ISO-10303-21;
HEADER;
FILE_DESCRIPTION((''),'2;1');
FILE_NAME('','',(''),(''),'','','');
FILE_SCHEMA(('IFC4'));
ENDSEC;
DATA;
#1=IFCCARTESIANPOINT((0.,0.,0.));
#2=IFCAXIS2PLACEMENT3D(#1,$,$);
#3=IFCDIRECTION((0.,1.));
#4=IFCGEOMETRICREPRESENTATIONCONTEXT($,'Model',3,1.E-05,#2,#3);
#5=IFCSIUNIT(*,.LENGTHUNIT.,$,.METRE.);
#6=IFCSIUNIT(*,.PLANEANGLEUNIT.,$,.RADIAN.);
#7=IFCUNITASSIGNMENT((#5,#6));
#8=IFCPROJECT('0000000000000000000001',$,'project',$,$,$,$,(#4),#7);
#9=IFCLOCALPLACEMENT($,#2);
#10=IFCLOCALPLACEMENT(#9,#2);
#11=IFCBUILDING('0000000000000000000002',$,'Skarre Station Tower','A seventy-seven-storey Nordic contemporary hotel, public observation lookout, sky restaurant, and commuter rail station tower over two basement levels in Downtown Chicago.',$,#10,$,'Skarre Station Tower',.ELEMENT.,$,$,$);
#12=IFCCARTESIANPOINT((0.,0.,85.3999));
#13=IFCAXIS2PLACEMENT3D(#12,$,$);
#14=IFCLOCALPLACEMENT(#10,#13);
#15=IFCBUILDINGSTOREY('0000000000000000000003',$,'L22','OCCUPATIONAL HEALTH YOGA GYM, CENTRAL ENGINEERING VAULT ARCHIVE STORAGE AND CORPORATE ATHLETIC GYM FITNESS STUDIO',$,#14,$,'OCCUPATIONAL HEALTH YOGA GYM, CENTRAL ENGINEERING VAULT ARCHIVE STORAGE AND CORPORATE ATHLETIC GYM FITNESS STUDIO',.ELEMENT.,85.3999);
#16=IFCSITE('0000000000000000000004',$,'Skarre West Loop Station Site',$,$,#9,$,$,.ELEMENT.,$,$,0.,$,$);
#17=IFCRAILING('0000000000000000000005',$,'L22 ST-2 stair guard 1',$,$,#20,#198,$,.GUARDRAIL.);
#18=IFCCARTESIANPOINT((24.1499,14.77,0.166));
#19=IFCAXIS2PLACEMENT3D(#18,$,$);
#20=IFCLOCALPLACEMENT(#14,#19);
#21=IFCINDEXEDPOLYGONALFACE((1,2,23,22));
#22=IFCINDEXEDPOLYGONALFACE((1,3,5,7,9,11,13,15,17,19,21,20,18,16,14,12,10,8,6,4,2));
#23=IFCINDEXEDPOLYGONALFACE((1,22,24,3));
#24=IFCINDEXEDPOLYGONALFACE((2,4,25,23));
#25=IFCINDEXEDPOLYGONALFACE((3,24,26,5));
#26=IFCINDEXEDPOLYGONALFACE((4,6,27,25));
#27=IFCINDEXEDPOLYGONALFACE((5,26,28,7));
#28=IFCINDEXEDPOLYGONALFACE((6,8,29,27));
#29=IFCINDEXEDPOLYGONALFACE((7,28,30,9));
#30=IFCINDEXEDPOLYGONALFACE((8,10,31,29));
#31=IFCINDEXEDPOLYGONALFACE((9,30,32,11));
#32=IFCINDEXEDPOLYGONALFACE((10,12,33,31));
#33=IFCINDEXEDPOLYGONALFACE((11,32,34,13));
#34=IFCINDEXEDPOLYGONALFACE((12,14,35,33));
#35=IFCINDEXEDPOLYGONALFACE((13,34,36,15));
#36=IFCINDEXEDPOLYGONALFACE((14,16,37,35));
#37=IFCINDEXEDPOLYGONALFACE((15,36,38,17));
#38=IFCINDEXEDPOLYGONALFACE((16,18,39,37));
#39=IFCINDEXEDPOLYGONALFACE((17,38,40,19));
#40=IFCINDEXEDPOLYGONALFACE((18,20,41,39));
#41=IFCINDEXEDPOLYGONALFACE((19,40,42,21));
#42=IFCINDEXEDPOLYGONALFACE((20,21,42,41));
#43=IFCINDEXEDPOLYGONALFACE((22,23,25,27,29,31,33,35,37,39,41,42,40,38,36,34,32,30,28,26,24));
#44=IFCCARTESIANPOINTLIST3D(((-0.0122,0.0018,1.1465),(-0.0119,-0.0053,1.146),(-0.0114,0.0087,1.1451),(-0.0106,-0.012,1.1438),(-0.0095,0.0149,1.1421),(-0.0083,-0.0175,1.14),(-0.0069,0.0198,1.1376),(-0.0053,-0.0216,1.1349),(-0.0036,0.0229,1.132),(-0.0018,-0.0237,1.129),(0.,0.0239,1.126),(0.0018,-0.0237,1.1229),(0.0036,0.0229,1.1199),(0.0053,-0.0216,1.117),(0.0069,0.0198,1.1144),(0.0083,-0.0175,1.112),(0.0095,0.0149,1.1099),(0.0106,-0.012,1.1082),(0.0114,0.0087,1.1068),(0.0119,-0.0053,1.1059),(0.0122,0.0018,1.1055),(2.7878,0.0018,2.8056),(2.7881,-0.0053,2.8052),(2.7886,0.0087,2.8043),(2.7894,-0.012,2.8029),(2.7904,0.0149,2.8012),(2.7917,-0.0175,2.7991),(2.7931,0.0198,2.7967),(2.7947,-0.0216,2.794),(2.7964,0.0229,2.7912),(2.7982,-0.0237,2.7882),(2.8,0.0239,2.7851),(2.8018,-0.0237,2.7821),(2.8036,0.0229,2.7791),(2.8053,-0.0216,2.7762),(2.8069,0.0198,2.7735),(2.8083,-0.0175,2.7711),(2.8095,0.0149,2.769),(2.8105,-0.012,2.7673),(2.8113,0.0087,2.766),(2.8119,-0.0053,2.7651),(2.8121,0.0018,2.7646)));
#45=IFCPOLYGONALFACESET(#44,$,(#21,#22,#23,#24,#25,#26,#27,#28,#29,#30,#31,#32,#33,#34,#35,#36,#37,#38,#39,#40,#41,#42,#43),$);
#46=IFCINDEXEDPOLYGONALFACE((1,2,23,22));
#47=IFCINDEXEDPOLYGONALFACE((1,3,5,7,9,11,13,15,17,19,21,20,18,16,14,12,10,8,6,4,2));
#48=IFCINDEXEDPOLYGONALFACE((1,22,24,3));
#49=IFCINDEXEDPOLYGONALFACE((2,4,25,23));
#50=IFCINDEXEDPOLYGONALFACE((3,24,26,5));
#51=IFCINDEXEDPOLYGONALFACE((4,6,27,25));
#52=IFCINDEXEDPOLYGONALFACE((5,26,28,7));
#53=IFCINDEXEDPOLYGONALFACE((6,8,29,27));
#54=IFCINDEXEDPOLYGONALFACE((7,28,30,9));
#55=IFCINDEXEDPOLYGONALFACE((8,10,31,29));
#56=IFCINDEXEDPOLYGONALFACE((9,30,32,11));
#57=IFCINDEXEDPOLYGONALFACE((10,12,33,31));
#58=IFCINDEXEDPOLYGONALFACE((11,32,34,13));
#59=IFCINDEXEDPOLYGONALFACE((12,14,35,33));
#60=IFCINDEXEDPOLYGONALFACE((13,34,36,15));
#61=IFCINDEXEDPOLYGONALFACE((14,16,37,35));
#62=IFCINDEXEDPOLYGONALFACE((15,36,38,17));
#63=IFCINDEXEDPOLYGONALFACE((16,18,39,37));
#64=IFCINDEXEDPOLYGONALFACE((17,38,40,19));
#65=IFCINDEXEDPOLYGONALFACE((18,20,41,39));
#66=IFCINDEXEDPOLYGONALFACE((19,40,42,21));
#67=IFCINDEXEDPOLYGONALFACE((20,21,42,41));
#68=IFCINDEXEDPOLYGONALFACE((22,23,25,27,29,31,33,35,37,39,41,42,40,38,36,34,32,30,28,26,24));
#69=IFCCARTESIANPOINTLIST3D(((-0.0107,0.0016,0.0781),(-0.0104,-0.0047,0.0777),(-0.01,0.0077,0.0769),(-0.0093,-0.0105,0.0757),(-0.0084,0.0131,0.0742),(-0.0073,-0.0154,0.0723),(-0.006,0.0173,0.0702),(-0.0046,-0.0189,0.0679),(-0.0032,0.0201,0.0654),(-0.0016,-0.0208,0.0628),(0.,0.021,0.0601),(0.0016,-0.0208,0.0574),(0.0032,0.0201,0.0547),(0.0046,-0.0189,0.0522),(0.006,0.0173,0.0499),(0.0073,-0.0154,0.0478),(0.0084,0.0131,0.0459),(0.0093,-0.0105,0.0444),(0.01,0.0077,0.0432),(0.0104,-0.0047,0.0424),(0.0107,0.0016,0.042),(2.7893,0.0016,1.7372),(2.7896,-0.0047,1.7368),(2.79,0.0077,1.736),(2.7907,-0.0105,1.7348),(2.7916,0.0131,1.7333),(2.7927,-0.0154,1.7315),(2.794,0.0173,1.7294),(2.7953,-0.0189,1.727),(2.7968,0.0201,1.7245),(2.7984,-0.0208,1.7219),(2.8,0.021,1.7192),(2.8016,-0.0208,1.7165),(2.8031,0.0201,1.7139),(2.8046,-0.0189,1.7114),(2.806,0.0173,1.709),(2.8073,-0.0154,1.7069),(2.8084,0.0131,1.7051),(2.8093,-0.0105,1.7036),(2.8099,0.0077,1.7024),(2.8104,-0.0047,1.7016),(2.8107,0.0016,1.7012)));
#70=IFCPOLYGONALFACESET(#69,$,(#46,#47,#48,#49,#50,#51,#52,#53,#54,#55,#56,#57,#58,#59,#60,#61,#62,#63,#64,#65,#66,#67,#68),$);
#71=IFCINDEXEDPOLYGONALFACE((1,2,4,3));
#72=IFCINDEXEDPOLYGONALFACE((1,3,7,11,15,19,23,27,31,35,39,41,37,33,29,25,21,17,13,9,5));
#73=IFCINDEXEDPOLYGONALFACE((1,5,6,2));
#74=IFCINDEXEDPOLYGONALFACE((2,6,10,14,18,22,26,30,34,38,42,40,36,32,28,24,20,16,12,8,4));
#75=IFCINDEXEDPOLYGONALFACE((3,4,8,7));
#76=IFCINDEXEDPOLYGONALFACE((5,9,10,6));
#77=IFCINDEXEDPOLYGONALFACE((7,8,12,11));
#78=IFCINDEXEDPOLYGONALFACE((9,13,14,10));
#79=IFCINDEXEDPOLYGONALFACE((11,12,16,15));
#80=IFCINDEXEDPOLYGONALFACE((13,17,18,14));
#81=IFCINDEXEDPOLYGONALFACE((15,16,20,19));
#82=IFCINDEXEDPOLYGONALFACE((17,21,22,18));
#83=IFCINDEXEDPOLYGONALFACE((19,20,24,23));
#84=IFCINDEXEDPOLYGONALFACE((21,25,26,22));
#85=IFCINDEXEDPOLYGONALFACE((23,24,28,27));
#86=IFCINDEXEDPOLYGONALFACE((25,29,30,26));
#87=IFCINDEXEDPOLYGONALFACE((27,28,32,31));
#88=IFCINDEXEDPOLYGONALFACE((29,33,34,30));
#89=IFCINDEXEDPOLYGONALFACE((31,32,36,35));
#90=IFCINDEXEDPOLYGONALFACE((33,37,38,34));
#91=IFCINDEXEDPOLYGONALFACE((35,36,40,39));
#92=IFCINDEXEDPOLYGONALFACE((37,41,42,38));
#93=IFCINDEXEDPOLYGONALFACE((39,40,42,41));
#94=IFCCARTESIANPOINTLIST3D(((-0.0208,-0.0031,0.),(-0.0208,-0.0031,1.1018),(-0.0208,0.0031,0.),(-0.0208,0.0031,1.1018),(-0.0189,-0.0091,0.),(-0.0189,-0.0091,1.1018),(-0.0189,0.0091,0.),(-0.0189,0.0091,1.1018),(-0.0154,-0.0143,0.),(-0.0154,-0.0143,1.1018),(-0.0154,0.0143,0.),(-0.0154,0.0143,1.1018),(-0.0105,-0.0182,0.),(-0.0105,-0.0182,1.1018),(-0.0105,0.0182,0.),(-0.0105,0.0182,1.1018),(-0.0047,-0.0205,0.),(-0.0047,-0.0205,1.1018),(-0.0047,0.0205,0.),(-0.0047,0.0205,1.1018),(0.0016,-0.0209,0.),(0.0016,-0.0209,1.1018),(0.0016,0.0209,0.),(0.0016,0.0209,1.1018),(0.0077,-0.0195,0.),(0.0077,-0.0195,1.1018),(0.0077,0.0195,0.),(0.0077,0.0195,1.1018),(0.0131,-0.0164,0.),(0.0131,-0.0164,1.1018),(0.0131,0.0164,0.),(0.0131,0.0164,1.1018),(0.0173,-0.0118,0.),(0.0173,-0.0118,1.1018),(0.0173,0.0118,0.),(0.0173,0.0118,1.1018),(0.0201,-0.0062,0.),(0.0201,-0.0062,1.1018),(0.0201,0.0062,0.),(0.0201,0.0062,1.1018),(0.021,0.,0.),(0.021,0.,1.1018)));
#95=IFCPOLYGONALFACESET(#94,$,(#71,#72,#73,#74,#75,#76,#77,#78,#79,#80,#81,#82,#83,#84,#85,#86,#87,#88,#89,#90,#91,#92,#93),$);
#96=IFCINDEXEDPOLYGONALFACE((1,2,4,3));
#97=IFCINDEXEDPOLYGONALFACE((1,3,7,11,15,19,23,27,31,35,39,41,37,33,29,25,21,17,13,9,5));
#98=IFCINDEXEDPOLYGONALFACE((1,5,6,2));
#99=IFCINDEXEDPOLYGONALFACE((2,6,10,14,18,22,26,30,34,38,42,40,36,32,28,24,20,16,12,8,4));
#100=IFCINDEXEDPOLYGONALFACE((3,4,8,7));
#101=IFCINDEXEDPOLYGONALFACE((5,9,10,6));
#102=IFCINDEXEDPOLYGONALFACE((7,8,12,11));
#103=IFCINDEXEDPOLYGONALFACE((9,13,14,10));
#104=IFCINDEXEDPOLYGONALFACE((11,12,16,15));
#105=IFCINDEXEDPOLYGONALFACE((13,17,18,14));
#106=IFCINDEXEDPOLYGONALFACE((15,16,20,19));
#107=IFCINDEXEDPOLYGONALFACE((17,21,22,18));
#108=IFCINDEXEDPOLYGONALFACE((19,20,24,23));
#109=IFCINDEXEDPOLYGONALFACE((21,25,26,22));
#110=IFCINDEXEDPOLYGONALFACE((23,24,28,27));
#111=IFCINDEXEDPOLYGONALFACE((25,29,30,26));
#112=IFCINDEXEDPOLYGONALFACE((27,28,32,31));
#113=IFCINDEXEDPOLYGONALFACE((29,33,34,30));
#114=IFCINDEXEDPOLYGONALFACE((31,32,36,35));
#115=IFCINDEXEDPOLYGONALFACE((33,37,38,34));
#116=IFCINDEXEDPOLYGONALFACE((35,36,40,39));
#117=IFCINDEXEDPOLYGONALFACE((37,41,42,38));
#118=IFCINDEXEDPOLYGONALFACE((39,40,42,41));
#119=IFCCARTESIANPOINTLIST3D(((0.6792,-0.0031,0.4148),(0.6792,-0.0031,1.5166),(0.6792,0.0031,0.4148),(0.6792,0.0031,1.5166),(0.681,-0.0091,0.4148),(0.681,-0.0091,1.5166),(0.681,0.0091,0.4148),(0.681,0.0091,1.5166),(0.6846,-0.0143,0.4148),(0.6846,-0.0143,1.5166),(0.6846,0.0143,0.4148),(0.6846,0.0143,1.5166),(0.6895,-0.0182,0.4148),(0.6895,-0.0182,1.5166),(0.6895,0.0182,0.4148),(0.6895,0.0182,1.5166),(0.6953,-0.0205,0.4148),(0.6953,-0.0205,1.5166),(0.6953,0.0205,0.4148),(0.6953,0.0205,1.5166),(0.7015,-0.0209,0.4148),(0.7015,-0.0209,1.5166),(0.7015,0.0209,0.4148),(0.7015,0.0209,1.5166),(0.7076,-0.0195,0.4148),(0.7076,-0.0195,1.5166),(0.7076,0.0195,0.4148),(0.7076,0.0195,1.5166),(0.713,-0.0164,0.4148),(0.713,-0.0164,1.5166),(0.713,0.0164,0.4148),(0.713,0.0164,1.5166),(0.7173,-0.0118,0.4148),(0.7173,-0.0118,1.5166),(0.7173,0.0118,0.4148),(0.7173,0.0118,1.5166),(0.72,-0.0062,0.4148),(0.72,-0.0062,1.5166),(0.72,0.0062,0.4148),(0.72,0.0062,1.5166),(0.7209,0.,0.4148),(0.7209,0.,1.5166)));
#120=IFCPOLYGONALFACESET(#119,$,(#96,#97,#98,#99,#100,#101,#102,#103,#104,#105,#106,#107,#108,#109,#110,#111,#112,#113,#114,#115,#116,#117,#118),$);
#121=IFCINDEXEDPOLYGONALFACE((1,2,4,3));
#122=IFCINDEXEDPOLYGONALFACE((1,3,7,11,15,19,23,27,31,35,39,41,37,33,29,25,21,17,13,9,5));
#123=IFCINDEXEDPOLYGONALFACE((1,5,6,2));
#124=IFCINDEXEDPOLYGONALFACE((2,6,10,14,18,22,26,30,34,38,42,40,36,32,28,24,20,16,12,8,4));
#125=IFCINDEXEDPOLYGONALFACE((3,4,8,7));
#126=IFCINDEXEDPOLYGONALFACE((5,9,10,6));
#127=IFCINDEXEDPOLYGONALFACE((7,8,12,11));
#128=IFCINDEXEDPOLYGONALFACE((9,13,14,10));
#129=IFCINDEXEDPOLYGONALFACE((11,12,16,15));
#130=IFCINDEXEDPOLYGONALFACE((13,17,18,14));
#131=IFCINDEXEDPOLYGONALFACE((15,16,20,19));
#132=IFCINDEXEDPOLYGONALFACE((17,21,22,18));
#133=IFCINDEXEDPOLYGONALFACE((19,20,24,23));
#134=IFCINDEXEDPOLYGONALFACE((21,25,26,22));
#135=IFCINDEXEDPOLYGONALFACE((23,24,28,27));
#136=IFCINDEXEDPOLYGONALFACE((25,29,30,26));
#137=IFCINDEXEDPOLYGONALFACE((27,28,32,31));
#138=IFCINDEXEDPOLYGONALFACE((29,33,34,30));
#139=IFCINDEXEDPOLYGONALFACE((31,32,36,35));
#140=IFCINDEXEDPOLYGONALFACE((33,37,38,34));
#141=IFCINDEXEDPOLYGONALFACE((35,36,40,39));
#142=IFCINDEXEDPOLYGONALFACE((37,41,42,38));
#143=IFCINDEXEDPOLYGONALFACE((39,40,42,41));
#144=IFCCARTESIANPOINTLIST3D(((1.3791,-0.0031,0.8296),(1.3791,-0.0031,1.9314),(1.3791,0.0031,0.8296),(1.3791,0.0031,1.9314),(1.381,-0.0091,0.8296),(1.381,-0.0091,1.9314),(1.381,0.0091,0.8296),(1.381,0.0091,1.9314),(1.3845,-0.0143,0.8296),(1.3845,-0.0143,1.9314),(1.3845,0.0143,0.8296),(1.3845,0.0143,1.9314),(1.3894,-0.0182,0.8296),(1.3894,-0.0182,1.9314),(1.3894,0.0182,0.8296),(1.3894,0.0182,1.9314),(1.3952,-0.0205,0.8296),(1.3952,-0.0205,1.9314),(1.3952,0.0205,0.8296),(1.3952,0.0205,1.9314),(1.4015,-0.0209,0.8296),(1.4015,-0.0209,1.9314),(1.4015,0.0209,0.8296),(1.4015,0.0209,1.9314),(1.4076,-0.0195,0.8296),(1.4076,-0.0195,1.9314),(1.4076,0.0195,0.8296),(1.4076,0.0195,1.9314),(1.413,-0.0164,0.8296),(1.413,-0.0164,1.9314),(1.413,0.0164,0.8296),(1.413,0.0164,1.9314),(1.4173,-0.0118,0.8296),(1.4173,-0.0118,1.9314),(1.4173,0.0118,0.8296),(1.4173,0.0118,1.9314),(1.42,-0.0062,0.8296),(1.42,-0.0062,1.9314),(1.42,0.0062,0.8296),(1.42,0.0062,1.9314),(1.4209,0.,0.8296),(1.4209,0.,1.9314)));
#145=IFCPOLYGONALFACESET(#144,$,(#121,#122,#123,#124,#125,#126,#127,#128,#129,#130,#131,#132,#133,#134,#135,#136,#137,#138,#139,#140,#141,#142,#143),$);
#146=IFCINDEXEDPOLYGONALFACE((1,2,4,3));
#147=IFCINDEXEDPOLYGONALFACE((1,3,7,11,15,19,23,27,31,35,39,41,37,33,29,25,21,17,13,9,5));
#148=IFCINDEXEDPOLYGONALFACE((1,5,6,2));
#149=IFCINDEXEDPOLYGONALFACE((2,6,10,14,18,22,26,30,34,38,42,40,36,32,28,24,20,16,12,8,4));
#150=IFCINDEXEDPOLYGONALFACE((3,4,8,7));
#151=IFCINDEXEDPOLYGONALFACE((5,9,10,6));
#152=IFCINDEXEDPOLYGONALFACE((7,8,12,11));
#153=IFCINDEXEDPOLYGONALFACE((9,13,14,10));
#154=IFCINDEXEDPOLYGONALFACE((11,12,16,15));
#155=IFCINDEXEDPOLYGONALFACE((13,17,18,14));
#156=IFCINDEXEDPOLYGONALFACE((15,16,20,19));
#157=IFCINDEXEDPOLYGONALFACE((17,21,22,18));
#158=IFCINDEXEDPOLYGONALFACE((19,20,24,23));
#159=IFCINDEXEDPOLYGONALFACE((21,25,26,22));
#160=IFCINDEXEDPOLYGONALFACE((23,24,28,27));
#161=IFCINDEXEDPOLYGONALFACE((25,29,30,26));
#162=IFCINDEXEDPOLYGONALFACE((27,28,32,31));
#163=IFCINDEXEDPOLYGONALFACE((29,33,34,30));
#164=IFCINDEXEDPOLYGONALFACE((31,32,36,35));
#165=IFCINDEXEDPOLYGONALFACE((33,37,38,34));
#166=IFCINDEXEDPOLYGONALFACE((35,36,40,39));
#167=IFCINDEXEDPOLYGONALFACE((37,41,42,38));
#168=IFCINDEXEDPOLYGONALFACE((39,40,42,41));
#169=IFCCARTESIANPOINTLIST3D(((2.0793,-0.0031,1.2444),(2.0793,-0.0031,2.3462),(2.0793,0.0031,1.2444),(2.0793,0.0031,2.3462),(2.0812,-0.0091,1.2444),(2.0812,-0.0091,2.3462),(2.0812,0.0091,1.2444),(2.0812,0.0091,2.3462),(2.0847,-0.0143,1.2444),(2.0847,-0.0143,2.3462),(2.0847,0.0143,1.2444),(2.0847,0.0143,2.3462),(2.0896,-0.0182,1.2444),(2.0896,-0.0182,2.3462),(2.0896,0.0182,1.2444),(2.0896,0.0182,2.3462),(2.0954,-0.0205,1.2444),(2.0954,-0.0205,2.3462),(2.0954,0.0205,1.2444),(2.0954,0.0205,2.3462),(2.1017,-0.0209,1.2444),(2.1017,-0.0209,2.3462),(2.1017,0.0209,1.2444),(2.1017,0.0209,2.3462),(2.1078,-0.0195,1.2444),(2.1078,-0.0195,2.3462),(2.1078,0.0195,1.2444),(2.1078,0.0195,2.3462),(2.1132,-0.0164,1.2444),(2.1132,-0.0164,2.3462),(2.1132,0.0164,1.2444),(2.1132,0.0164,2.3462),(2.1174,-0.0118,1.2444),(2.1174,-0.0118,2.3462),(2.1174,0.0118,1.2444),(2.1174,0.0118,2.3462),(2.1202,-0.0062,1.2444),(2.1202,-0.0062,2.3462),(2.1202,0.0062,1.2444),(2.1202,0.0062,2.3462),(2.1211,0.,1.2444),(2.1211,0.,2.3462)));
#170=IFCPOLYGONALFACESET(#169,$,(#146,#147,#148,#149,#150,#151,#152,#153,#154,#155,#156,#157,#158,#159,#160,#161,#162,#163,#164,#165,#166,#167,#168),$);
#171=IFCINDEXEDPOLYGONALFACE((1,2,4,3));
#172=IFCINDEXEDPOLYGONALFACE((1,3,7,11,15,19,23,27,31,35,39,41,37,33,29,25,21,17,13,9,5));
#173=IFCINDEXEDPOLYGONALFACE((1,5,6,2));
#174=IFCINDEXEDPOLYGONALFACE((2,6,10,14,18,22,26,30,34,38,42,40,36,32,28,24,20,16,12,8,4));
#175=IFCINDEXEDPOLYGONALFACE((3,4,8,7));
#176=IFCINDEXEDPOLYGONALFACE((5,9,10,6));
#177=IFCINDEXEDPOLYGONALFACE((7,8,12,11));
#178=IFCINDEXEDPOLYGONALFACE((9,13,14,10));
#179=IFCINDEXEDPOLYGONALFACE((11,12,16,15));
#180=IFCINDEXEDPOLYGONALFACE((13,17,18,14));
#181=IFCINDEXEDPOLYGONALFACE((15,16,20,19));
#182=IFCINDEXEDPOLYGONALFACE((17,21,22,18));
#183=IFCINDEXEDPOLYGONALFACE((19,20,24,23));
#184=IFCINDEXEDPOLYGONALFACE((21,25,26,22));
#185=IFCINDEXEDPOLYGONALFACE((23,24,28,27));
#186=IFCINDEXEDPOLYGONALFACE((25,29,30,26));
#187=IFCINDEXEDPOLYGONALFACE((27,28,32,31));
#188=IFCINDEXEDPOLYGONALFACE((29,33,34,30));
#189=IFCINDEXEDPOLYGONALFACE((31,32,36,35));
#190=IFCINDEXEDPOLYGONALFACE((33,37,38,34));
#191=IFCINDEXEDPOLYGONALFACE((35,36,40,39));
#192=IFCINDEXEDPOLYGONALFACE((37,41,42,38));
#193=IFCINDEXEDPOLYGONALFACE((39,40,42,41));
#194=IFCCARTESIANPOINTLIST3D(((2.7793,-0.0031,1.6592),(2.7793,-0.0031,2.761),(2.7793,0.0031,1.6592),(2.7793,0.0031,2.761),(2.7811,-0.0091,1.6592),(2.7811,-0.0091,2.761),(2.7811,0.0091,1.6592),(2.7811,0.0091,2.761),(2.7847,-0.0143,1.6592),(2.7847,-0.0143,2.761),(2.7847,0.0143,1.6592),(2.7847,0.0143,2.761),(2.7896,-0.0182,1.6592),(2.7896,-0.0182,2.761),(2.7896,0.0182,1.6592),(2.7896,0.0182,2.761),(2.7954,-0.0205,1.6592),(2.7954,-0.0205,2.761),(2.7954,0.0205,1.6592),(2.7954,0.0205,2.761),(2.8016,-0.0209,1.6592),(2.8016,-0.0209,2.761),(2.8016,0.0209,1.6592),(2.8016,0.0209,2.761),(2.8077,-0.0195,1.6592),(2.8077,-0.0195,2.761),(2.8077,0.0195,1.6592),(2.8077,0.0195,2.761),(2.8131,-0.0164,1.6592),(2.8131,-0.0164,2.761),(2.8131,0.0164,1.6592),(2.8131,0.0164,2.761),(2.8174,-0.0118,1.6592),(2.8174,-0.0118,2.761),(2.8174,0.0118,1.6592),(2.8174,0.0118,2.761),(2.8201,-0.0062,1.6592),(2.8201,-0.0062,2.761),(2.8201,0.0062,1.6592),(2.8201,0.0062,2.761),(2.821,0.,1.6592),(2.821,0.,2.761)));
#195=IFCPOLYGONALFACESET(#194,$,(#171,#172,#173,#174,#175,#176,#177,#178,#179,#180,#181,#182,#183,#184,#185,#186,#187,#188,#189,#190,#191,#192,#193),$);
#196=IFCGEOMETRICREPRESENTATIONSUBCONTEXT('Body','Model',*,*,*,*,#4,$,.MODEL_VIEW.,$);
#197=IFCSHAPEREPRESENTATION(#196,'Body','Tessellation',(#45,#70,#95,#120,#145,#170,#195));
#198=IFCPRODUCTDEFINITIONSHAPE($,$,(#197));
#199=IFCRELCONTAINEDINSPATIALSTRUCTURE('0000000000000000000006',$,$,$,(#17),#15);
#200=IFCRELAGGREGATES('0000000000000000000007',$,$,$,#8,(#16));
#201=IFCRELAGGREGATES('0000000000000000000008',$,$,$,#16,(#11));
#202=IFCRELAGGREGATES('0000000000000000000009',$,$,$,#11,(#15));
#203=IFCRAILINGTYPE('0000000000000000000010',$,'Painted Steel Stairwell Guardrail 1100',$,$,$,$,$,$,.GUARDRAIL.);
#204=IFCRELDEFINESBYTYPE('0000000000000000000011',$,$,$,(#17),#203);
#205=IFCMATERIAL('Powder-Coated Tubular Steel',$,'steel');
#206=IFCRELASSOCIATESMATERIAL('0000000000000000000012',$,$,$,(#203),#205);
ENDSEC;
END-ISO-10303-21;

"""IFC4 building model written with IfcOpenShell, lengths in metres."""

from ifc_helpers import new_model, si_unit, direction, frame, origin, origin_2d, place, context, subcontext, project, spatial, circle, extrude, material, type_object, element, save


model = new_model("IFC4")

# Units and contexts
model_context = context("Model", 3, precision=1e-05, world=origin(), true_north=direction((0.0, 1.0)))
body_context = subcontext(model_context, "Body", "Model", "MODEL_VIEW")
ifc_project = project(units=[si_unit("LENGTHUNIT", "METRE"), si_unit("PLANEANGLEUNIT", "RADIAN")], contexts=[model_context])

# Site, building, storey
site_placement = place(None, origin())
site = spatial("IfcSite", under=ifc_project, at=site_placement, Name="Skarre West Loop Station Site", CompositionType="ELEMENT", RefElevation=0.0)
building_placement = place(site_placement, origin())
building = spatial("IfcBuilding", under=site, at=building_placement, Name="Skarre Station Tower", Description="A seventy-seven-storey Nordic contemporary hotel, public observation lookout, sky restaurant, and commuter rail station tower over two basement levels in Downtown Chicago.", LongName="Skarre Station Tower", CompositionType="ELEMENT")
storey_placement = place(building_placement, frame((0.0, 0.0, 85.3999)))
storey = spatial("IfcBuildingStorey", under=building, at=storey_placement, Name="L22", Description="OCCUPATIONAL HEALTH YOGA GYM, CENTRAL ENGINEERING VAULT ARCHIVE STORAGE AND CORPORATE ATHLETIC GYM FITNESS STUDIO", LongName="OCCUPATIONAL HEALTH YOGA GYM, CENTRAL ENGINEERING VAULT ARCHIVE STORAGE AND CORPORATE ATHLETIC GYM FITNESS STUDIO", CompositionType="ELEMENT", Elevation=85.3999)

# Railing
ifc_material_1 = material(Name="Powder-Coated Tubular Steel", Category="steel")
railing_type_1 = type_object("IfcRailingType", Name="Painted Steel Stairwell Guardrail 1100", PredefinedType="GUARDRAIL", material=ifc_material_1)
railing_1_placement = place(storey_placement, frame((24.1499, 14.77, 0.166)))
element("IfcRailing", 1, at=railing_1_placement, inside=storey, type_object=railing_type_1, Name="L22 ST-2 stair guard 1", PredefinedType="GUARDRAIL", context=body_context, shape_type="SweptSolid", body=[
    extrude(circle(Radius=0.0239, at=origin_2d()), frame((0.0, 0.0, 1.126), z_axis=(0.860306, 0.0, 0.509778), x_axis=(0.0, 1.0, 0.0)), (0.0, 0.0, 1.0), 3.2546),
    extrude(circle(Radius=0.021, at=origin_2d()), frame((0.0, 0.0, 0.0601), z_axis=(0.860306, 0.0, 0.509778), x_axis=(0.0, 1.0, 0.0)), (0.0, 0.0, 1.0), 3.2546),
    extrude(circle(Radius=0.021, at=origin_2d()), origin(), (0.0, 0.0, 1.0), 1.1018),
    extrude(circle(Radius=0.021, at=origin_2d()), frame((0.7, 0.0, 0.4148)), (0.0, 0.0, 1.0), 1.1018),
    extrude(circle(Radius=0.021, at=origin_2d()), frame((1.3999, 0.0, 0.8296)), (0.0, 0.0, 1.0), 1.1018),
    extrude(circle(Radius=0.021, at=origin_2d()), frame((2.1001, 0.0, 1.2444)), (0.0, 0.0, 1.0), 1.1018),
    extrude(circle(Radius=0.021, at=origin_2d()), frame((2.8, 0.0, 1.6592)), (0.0, 0.0, 1.0), 1.1018),
])

save(model, "model.ifc")
